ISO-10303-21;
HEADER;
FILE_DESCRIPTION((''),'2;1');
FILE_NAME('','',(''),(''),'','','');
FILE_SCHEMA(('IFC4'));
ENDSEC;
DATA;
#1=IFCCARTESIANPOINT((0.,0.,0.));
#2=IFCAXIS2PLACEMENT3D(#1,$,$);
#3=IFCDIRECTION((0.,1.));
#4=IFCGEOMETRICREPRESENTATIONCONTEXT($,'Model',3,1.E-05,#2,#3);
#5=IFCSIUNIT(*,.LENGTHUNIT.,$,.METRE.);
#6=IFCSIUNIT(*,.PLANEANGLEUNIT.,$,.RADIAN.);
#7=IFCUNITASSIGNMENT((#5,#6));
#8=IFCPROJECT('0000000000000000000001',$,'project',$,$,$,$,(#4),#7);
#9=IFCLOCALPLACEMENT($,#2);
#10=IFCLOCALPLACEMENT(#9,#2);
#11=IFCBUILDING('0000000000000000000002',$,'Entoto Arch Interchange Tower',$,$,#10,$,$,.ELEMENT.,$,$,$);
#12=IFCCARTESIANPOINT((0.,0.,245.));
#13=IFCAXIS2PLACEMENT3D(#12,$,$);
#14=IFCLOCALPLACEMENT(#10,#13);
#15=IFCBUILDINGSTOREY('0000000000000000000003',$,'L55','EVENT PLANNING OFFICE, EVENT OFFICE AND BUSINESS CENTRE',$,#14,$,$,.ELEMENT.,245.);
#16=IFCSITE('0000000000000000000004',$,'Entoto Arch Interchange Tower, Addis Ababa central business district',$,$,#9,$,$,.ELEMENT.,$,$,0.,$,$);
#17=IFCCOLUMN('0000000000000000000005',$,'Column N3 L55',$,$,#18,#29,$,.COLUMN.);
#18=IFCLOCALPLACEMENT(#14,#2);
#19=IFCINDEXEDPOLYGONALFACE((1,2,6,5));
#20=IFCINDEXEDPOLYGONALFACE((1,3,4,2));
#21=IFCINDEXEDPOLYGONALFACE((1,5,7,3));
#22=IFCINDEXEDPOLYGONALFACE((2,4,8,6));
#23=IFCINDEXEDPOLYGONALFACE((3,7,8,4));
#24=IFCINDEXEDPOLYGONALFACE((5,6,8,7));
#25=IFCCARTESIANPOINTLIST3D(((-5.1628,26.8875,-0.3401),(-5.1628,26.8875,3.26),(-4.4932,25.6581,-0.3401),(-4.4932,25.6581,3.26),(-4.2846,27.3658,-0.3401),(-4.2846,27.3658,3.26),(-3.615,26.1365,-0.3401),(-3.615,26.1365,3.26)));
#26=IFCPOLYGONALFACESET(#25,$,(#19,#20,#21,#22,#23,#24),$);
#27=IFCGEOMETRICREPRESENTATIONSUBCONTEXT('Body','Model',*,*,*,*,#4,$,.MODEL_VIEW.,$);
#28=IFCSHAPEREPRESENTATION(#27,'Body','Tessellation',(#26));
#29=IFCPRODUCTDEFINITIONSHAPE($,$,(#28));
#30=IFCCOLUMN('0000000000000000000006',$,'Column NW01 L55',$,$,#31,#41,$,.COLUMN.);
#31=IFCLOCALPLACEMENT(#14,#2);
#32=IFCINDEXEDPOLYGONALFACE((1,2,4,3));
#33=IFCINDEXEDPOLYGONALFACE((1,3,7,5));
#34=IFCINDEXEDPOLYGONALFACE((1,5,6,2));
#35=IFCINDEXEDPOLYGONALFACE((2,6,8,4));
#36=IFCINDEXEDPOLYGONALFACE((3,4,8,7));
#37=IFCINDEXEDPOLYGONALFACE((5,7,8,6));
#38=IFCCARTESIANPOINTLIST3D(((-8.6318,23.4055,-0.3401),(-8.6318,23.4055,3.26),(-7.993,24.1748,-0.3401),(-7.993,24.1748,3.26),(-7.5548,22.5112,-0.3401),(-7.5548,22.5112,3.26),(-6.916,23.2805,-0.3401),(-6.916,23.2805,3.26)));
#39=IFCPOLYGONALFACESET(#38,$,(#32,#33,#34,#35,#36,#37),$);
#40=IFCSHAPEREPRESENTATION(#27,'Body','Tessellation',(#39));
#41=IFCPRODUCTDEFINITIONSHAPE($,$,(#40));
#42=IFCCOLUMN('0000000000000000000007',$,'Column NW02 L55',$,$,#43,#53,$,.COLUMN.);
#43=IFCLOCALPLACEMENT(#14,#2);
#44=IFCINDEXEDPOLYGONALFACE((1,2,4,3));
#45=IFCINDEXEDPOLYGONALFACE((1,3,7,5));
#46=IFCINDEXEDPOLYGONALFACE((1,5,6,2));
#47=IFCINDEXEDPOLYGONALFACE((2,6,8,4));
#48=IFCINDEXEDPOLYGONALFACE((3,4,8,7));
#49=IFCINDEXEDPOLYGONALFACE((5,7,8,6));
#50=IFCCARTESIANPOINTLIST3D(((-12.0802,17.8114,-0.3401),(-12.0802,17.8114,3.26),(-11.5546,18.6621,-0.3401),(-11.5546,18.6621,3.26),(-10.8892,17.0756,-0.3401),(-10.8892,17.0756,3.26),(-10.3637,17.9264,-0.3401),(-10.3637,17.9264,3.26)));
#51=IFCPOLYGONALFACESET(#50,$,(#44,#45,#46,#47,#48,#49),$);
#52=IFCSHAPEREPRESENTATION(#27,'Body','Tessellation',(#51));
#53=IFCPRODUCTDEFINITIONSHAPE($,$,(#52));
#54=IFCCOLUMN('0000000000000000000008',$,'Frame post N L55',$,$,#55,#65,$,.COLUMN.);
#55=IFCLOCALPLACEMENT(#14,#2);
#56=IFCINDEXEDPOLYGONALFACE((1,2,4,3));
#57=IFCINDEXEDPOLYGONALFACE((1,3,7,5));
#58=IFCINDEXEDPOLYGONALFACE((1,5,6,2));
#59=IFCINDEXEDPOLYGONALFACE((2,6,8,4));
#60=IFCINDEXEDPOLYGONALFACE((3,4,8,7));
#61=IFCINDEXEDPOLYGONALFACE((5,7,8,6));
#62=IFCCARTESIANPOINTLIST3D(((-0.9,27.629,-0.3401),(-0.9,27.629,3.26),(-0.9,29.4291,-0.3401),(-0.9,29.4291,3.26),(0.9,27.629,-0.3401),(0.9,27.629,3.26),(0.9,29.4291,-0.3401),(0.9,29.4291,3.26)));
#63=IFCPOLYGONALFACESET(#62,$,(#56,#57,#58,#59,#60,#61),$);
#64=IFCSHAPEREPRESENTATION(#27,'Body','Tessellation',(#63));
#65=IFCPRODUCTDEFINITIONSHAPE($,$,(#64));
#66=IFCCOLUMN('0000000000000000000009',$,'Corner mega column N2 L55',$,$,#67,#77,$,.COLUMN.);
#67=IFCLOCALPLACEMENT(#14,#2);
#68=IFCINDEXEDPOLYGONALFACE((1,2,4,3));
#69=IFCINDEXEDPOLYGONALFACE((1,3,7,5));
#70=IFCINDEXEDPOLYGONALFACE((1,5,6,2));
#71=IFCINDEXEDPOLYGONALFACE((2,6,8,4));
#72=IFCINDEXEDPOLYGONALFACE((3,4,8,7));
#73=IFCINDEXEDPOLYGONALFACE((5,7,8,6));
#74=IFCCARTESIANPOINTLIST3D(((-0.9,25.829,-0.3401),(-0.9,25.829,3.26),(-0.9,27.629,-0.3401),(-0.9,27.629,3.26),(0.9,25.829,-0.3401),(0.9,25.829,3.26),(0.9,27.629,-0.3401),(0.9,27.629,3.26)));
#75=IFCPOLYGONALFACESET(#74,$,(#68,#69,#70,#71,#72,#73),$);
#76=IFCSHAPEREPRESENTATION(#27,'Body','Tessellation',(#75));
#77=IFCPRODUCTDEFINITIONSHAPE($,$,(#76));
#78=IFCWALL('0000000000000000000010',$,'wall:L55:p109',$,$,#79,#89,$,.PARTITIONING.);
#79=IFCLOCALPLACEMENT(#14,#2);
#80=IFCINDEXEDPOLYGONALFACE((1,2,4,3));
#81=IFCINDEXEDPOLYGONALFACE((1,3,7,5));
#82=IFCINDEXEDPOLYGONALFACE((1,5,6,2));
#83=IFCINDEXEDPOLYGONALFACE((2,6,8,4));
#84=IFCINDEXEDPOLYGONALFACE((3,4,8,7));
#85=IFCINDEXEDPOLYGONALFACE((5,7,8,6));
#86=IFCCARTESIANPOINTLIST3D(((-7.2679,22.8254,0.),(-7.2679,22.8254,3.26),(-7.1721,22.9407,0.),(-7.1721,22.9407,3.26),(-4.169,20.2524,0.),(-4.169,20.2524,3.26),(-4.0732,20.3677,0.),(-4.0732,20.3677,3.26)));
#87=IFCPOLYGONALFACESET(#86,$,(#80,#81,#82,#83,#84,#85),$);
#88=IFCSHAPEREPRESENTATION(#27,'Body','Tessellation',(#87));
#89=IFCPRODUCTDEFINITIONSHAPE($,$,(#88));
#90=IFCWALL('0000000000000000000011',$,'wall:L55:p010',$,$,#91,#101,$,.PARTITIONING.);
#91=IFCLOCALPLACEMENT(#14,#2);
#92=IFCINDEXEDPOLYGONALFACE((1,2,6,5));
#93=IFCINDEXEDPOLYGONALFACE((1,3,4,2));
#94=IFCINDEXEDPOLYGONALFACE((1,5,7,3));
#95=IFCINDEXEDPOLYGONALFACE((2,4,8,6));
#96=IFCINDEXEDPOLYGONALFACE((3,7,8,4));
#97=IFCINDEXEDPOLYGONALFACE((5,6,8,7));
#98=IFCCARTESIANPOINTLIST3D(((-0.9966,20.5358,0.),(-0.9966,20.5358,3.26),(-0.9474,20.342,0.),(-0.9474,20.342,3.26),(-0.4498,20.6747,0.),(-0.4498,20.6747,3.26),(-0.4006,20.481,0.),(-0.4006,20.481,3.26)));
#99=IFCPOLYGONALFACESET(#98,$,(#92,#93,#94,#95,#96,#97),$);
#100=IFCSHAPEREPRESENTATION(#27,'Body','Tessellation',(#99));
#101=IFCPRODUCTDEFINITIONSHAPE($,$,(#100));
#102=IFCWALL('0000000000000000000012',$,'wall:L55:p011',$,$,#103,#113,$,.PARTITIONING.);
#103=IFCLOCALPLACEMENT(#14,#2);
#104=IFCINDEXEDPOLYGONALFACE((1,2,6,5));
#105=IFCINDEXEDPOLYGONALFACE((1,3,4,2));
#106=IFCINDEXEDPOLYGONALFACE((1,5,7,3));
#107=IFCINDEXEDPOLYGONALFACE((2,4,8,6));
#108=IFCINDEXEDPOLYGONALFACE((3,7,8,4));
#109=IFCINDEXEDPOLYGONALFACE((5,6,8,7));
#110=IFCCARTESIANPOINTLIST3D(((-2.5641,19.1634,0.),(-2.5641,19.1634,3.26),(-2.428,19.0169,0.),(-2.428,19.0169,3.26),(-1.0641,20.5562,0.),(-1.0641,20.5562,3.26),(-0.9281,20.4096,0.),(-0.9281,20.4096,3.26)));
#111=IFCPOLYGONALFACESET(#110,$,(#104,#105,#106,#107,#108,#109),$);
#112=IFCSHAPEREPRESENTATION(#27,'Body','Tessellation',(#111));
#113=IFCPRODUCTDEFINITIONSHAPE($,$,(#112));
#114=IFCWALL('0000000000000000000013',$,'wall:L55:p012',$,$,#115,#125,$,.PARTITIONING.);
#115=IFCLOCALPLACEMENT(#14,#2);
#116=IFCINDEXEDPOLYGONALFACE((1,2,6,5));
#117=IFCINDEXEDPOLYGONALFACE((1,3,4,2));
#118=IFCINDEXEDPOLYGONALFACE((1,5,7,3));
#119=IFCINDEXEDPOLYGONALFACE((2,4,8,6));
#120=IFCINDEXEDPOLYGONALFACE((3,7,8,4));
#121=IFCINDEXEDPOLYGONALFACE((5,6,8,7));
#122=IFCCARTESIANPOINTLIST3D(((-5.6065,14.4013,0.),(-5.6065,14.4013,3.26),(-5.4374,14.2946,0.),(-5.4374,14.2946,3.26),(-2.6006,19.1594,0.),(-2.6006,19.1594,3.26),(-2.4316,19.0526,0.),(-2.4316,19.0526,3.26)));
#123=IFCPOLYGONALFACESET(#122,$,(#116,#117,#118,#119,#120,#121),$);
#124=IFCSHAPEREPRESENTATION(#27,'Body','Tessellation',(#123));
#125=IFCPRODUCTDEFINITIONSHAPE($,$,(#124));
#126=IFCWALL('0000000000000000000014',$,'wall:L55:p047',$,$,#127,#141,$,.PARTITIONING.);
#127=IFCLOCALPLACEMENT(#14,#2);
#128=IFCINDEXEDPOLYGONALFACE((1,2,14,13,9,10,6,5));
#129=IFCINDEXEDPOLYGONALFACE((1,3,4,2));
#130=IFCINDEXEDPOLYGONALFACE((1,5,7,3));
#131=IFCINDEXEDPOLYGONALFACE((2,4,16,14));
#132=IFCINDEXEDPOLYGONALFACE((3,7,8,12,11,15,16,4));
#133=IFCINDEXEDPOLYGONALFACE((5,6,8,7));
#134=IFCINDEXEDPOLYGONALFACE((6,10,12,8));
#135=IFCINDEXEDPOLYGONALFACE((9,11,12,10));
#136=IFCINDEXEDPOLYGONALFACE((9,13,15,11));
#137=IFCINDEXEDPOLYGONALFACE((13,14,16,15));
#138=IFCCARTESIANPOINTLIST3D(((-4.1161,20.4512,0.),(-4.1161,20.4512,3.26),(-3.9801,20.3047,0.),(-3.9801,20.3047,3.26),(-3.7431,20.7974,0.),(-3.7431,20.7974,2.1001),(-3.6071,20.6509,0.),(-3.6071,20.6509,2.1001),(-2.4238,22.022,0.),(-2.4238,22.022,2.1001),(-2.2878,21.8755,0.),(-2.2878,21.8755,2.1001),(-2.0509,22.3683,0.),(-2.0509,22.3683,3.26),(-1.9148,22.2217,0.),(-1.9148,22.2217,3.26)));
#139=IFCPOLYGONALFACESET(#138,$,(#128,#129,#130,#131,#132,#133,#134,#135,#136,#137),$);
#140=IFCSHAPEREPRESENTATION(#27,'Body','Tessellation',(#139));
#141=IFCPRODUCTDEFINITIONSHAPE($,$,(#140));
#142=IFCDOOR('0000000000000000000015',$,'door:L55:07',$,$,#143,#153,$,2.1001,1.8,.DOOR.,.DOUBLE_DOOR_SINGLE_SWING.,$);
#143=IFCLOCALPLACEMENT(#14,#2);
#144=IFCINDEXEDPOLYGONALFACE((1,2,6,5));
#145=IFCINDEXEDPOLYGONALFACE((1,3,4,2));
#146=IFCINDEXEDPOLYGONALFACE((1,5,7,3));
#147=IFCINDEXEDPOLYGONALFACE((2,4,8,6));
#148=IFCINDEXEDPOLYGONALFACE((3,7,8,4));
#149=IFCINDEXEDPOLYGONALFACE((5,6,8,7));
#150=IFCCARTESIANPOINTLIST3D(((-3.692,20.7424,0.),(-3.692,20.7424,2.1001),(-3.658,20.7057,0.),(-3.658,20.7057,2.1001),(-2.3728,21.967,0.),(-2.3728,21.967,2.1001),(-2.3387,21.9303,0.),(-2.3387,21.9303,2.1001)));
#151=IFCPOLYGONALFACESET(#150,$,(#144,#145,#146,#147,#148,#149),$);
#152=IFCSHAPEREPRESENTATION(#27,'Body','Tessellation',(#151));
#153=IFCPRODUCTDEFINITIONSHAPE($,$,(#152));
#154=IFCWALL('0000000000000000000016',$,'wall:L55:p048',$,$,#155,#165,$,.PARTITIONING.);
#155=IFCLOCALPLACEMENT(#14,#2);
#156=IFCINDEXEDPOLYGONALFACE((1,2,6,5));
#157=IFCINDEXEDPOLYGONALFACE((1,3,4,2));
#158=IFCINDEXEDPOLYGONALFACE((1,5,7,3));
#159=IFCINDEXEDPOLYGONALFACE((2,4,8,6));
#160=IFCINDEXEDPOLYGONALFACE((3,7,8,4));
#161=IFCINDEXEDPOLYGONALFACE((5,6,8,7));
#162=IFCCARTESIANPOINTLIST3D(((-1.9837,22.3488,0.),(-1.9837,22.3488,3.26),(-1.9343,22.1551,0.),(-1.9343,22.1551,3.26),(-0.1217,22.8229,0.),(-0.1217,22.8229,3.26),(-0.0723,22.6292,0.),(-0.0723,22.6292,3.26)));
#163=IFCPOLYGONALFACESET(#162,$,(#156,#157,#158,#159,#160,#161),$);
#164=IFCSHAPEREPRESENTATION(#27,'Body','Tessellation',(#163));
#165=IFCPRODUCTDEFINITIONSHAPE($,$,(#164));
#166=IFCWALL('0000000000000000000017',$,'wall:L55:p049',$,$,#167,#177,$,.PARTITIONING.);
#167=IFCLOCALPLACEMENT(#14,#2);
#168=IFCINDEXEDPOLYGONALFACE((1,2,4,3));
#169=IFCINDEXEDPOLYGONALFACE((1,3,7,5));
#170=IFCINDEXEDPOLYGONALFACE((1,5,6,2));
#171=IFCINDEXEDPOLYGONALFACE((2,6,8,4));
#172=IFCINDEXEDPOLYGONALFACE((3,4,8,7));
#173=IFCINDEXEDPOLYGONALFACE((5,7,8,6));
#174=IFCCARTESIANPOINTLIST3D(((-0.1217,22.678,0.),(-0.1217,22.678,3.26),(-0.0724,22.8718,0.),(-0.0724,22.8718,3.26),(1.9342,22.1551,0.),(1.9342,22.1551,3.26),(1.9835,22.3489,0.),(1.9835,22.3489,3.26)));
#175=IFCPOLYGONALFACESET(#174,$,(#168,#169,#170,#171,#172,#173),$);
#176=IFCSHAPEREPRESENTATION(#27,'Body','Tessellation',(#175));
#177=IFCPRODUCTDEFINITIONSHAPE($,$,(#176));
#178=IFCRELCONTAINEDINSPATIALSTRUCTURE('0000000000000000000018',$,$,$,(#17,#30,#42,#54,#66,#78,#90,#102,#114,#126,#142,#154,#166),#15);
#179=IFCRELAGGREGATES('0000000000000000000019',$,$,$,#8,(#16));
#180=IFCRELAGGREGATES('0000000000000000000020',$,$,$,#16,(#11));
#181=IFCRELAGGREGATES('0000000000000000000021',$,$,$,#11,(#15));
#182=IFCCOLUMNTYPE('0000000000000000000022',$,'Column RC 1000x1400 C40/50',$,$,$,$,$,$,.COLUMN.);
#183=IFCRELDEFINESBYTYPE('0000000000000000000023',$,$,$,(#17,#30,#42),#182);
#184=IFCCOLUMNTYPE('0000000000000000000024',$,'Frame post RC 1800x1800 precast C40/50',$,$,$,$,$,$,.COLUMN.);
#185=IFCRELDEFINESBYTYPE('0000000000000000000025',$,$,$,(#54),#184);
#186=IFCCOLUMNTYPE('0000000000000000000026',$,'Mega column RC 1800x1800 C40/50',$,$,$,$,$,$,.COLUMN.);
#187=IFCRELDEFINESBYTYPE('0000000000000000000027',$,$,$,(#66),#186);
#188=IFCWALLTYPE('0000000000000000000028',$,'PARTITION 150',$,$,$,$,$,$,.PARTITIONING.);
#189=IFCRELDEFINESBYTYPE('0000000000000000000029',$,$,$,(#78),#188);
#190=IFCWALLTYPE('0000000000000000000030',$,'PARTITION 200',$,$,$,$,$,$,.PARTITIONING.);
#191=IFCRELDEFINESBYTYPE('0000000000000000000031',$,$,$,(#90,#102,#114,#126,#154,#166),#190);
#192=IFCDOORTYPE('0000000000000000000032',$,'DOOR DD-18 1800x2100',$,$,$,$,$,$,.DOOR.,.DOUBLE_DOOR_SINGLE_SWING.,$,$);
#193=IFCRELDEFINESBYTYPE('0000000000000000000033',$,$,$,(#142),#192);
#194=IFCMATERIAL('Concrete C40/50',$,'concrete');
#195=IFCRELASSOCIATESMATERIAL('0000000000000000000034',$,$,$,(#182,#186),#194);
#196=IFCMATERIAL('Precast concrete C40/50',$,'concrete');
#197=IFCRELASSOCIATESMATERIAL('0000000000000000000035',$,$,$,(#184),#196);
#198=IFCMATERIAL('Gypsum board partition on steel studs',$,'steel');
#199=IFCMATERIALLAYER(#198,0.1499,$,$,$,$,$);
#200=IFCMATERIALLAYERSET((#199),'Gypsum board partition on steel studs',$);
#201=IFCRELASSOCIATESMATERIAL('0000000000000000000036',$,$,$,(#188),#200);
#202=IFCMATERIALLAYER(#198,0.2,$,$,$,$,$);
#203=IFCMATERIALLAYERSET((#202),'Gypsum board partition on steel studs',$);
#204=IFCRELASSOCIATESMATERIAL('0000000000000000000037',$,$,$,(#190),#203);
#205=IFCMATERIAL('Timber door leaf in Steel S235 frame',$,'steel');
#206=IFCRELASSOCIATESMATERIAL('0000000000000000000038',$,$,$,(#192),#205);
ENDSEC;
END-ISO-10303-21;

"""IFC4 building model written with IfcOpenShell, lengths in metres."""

from ifc_helpers import new_model, si_unit, direction, frame, frame_2d, origin, origin_2d, place, context, subcontext, project, spatial, rectangle, extrude, material, layer, layer_set, material_profile, profile_set, type_object, element, fill, save


model = new_model("IFC4")

# Units and contexts
model_context = context("Model", 3, precision=1e-05, world=origin(), true_north=direction((0.0, 1.0)))
body_context = subcontext(model_context, "Body", "Model", "MODEL_VIEW")
ifc_project = project(units=[si_unit("LENGTHUNIT", "METRE"), si_unit("PLANEANGLEUNIT", "RADIAN")], contexts=[model_context])

# Site, building, storey
site_placement = place(None, origin())
site = spatial("IfcSite", under=ifc_project, at=site_placement, Name="Entoto Arch Interchange Tower, Addis Ababa central business district", CompositionType="ELEMENT", RefElevation=0.0)
building_placement = place(site_placement, origin())
building = spatial("IfcBuilding", under=site, at=building_placement, Name="Entoto Arch Interchange Tower", CompositionType="ELEMENT")
storey_placement = place(building_placement, frame((0.0, 0.0, 245.0)))
storey = spatial("IfcBuildingStorey", under=building, at=storey_placement, Name="L55", Description="EVENT PLANNING OFFICE, EVENT OFFICE AND BUSINESS CENTRE", CompositionType="ELEMENT", Elevation=245.0)

# Columns
ifc_material_1 = material(Name="Concrete C40/50", Category="concrete")
ifc_material_profile_1 = material_profile(ifc_material_1, rectangle(XDim=1.0, YDim=1.3999, at=origin_2d()))
ifc_profile_set_1 = profile_set([ifc_material_profile_1], Name="Concrete C40/50")
column_type_1 = type_object("IfcColumnType", Name="Column RC 1000x1400 C40/50", PredefinedType="COLUMN", material=ifc_profile_set_1)
for number, where, z_axis, x_axis, name in (
    (1, (-4.3889, 26.512, -0.3401), (0.0, 0.0, 1.0), (0.878175, 0.478339, 0.0), "Column N3 L55"),
    (2, (-7.7739, 23.343, -0.3401), (0.0, 0.0, 1.0), (0.638835, 0.769344, 0.0), "Column NW01 L55"),
    (3, (-11.2219, 17.8689, -0.3401), (0.0, 0.0, 1.0), (0.525576, 0.850747, 0.0), "Column NW02 L55"),
):
    element("IfcColumn", number, at=place(storey_placement, frame(where, z_axis=z_axis, x_axis=x_axis)), inside=storey, type_object=column_type_1, Name=name, PredefinedType="COLUMN", context=body_context, shape_type="SweptSolid", body=[
        extrude(rectangle(XDim=1.0, YDim=1.3999, at=origin_2d()), origin(), (0.0, 0.0, 1.0), 3.6001),
    ])
ifc_material_2 = material(Name="Precast concrete C40/50", Category="concrete")
ifc_material_profile_2 = material_profile(ifc_material_2, rectangle(XDim=1.8, YDim=1.8, at=origin_2d()))
ifc_profile_set_2 = profile_set([ifc_material_profile_2], Name="Precast concrete C40/50")
column_type_2 = type_object("IfcColumnType", Name="Frame post RC 1800x1800 precast C40/50", PredefinedType="COLUMN", material=ifc_profile_set_2)
column_1_placement = place(storey_placement, frame((0.0, 28.5291, -0.3401), z_axis=(0.0, 0.0, 1.0), x_axis=(0.0, 1.0, 0.0)))
element("IfcColumn", 4, at=column_1_placement, inside=storey, type_object=column_type_2, Name="Frame post N L55", PredefinedType="COLUMN", context=body_context, shape_type="SweptSolid", body=[
    extrude(rectangle(XDim=1.8, YDim=1.8, at=origin_2d()), origin(), (0.0, 0.0, 1.0), 3.6001),
])
ifc_material_profile_3 = material_profile(ifc_material_1, rectangle(XDim=1.8, YDim=1.8, at=origin_2d()))
ifc_profile_set_3 = profile_set([ifc_material_profile_3], Name="Concrete C40/50")
column_type_3 = type_object("IfcColumnType", Name="Mega column RC 1800x1800 C40/50", PredefinedType="COLUMN", material=ifc_profile_set_3)
column_2_placement = place(storey_placement, frame((0.0, 26.729, -0.3401), z_axis=(0.0, 0.0, 1.0), x_axis=(0.0, 1.0, 0.0)))
element("IfcColumn", 5, at=column_2_placement, inside=storey, type_object=column_type_3, Name="Corner mega column N2 L55", PredefinedType="COLUMN", context=body_context, shape_type="SweptSolid", body=[
    extrude(rectangle(XDim=1.8, YDim=1.8, at=origin_2d()), origin(), (0.0, 0.0, 1.0), 3.6001),
])

# Walls
ifc_material_3 = material(Name="Gypsum board partition on steel studs", Category="steel")
ifc_layer_1 = layer(ifc_material_3, 0.1499)
ifc_layer_set_1 = layer_set([ifc_layer_1], Name="Gypsum board partition on steel studs")
wall_type_1 = type_object("IfcWallType", Name="PARTITION 150", PredefinedType="PARTITIONING", material=ifc_layer_set_1)
wall_1_placement = place(storey_placement, frame((-4.1211, 20.3101, 0.0), z_axis=(0.0, 0.0, 1.0), x_axis=(-0.769368, 0.638806, 0.0)))
element("IfcWall", 6, at=wall_1_placement, inside=storey, type_object=wall_type_1, Name="wall:L55:p109", PredefinedType="PARTITIONING", context=body_context, shape_type="SweptSolid", body=[
    extrude(rectangle(XDim=4.0278, YDim=0.1499, at=frame_2d((2.0139, 0.0))), origin(), (0.0, 0.0, 1.0), 3.26),
])
ifc_layer_2 = layer(ifc_material_3, 0.2)
ifc_layer_set_2 = layer_set([ifc_layer_2], Name="Gypsum board partition on steel studs")
wall_type_2 = type_object("IfcWallType", Name="PARTITION 200", PredefinedType="PARTITIONING", material=ifc_layer_set_2)
wall_2_placement = place(storey_placement, frame((-0.425, 20.5779, 0.0), z_axis=(0.0, 0.0, 1.0), x_axis=(-0.969219, -0.246199, 0.0)))
element("IfcWall", 7, at=wall_2_placement, inside=storey, type_object=wall_type_2, Name="wall:L55:p010", PredefinedType="PARTITIONING", context=body_context, shape_type="SweptSolid", body=[
    extrude(rectangle(XDim=0.5642, YDim=0.2, at=frame_2d((0.2822, 0.0))), origin(), (0.0, 0.0, 1.0), 3.26),
])
wall_3_placement = place(storey_placement, frame((-0.9961, 20.4829, 0.0), z_axis=(0.0, 0.0, 1.0), x_axis=(-0.732802, -0.680442, 0.0)))
element("IfcWall", 8, at=wall_3_placement, inside=storey, type_object=wall_type_2, Name="wall:L55:p011", PredefinedType="PARTITIONING", context=body_context, shape_type="SweptSolid", body=[
    extrude(rectangle(XDim=2.0469, YDim=0.2, at=frame_2d((1.0234, 0.0))), origin(), (0.0, 0.0, 1.0), 3.26),
])
wall_4_placement = place(storey_placement, frame((-2.5161, 19.106, 0.0), z_axis=(0.0, 0.0, 1.0), x_axis=(-0.534091, -0.845427, 0.0)))
element("IfcWall", 9, at=wall_4_placement, inside=storey, type_object=wall_type_2, Name="wall:L55:p012", PredefinedType="PARTITIONING", context=body_context, shape_type="SweptSolid", body=[
    extrude(rectangle(XDim=5.6279, YDim=0.2, at=frame_2d((2.814, 0.0))), origin(), (0.0, 0.0, 1.0), 3.26),
])

# Wall, opening, door
wall_5_placement = place(storey_placement, frame((-4.0481, 20.3779, 0.0), z_axis=(0.0, 0.0, 1.0), x_axis=(0.732914, 0.680321, 0.0)))
wall_5 = element("IfcWall", 10, at=wall_5_placement, inside=storey, type_object=wall_type_2, Name="wall:L55:p047", PredefinedType="PARTITIONING", context=body_context, shape_type="SweptSolid", body=[
    extrude(rectangle(XDim=2.8179, YDim=0.2, at=frame_2d((1.4089, 0.0))), origin(), (0.0, 0.0, 1.0), 3.26),
])
opening_1_placement = place(wall_5_placement, frame((0.509, 0.0, 0.0)))
opening_1 = element("IfcOpeningElement", 11, at=opening_1_placement, cuts=wall_5, PredefinedType="OPENING", context=body_context, shape_type="SweptSolid", body=[
    extrude(rectangle(XDim=1.8, YDim=2.1001, at=frame_2d((0.8999, 1.05))), frame((0.0, 0.1099, 0.0), z_axis=(0.0, -1.0, 0.0), x_axis=(1.0, 0.0, 0.0)), (0.0, 0.0, 1.0), 0.22),
])
ifc_material_4 = material(Name="Timber door leaf in Steel S235 frame", Category="steel")
door_type = type_object("IfcDoorType", Name="DOOR DD-18 1800x2100", OperationType="DOUBLE_DOOR_SINGLE_SWING", PredefinedType="DOOR", material=ifc_material_4)
door_placement = place(opening_1_placement, origin())
door = element("IfcDoor", 12, at=door_placement, inside=storey, type_object=door_type, Name="door:L55:07", OperationType="DOUBLE_DOOR_SINGLE_SWING", OverallHeight=2.1001, OverallWidth=1.8, PredefinedType="DOOR", context=body_context, shape_type="SweptSolid", body=[
    extrude(rectangle(XDim=1.8, YDim=2.1001, at=frame_2d((0.8999, 1.05))), frame((0.0, 0.0249, 0.0), z_axis=(0.0, -1.0, 0.0), x_axis=(1.0, 0.0, 0.0)), (0.0, 0.0, 1.0), 0.05),
])
fill(opening_1, door)

# Walls
wall_6_placement = place(storey_placement, frame((-1.959, 22.252, 0.0), z_axis=(0.0, 0.0, 1.0), x_axis=(0.969079, 0.246749, 0.0)))
element("IfcWall", 13, at=wall_6_placement, inside=storey, type_object=wall_type_2, Name="wall:L55:p048", PredefinedType="PARTITIONING", context=body_context, shape_type="SweptSolid", body=[
    extrude(rectangle(XDim=1.9214, YDim=0.2, at=frame_2d((0.9607, 0.0))), origin(), (0.0, 0.0, 1.0), 3.26),
])
wall_7_placement = place(storey_placement, frame((-0.0969, 22.7749, 0.0), z_axis=(0.0, 0.0, 1.0), x_axis=(0.969139, -0.246514, 0.0)))
element("IfcWall", 14, at=wall_7_placement, inside=storey, type_object=wall_type_2, Name="wall:L55:p049", PredefinedType="PARTITIONING", context=body_context, shape_type="SweptSolid", body=[
    extrude(rectangle(XDim=2.1213, YDim=0.2, at=frame_2d((1.0605, 0.0))), origin(), (0.0, 0.0, 1.0), 3.26),
])

save(model, "model.ifc")
